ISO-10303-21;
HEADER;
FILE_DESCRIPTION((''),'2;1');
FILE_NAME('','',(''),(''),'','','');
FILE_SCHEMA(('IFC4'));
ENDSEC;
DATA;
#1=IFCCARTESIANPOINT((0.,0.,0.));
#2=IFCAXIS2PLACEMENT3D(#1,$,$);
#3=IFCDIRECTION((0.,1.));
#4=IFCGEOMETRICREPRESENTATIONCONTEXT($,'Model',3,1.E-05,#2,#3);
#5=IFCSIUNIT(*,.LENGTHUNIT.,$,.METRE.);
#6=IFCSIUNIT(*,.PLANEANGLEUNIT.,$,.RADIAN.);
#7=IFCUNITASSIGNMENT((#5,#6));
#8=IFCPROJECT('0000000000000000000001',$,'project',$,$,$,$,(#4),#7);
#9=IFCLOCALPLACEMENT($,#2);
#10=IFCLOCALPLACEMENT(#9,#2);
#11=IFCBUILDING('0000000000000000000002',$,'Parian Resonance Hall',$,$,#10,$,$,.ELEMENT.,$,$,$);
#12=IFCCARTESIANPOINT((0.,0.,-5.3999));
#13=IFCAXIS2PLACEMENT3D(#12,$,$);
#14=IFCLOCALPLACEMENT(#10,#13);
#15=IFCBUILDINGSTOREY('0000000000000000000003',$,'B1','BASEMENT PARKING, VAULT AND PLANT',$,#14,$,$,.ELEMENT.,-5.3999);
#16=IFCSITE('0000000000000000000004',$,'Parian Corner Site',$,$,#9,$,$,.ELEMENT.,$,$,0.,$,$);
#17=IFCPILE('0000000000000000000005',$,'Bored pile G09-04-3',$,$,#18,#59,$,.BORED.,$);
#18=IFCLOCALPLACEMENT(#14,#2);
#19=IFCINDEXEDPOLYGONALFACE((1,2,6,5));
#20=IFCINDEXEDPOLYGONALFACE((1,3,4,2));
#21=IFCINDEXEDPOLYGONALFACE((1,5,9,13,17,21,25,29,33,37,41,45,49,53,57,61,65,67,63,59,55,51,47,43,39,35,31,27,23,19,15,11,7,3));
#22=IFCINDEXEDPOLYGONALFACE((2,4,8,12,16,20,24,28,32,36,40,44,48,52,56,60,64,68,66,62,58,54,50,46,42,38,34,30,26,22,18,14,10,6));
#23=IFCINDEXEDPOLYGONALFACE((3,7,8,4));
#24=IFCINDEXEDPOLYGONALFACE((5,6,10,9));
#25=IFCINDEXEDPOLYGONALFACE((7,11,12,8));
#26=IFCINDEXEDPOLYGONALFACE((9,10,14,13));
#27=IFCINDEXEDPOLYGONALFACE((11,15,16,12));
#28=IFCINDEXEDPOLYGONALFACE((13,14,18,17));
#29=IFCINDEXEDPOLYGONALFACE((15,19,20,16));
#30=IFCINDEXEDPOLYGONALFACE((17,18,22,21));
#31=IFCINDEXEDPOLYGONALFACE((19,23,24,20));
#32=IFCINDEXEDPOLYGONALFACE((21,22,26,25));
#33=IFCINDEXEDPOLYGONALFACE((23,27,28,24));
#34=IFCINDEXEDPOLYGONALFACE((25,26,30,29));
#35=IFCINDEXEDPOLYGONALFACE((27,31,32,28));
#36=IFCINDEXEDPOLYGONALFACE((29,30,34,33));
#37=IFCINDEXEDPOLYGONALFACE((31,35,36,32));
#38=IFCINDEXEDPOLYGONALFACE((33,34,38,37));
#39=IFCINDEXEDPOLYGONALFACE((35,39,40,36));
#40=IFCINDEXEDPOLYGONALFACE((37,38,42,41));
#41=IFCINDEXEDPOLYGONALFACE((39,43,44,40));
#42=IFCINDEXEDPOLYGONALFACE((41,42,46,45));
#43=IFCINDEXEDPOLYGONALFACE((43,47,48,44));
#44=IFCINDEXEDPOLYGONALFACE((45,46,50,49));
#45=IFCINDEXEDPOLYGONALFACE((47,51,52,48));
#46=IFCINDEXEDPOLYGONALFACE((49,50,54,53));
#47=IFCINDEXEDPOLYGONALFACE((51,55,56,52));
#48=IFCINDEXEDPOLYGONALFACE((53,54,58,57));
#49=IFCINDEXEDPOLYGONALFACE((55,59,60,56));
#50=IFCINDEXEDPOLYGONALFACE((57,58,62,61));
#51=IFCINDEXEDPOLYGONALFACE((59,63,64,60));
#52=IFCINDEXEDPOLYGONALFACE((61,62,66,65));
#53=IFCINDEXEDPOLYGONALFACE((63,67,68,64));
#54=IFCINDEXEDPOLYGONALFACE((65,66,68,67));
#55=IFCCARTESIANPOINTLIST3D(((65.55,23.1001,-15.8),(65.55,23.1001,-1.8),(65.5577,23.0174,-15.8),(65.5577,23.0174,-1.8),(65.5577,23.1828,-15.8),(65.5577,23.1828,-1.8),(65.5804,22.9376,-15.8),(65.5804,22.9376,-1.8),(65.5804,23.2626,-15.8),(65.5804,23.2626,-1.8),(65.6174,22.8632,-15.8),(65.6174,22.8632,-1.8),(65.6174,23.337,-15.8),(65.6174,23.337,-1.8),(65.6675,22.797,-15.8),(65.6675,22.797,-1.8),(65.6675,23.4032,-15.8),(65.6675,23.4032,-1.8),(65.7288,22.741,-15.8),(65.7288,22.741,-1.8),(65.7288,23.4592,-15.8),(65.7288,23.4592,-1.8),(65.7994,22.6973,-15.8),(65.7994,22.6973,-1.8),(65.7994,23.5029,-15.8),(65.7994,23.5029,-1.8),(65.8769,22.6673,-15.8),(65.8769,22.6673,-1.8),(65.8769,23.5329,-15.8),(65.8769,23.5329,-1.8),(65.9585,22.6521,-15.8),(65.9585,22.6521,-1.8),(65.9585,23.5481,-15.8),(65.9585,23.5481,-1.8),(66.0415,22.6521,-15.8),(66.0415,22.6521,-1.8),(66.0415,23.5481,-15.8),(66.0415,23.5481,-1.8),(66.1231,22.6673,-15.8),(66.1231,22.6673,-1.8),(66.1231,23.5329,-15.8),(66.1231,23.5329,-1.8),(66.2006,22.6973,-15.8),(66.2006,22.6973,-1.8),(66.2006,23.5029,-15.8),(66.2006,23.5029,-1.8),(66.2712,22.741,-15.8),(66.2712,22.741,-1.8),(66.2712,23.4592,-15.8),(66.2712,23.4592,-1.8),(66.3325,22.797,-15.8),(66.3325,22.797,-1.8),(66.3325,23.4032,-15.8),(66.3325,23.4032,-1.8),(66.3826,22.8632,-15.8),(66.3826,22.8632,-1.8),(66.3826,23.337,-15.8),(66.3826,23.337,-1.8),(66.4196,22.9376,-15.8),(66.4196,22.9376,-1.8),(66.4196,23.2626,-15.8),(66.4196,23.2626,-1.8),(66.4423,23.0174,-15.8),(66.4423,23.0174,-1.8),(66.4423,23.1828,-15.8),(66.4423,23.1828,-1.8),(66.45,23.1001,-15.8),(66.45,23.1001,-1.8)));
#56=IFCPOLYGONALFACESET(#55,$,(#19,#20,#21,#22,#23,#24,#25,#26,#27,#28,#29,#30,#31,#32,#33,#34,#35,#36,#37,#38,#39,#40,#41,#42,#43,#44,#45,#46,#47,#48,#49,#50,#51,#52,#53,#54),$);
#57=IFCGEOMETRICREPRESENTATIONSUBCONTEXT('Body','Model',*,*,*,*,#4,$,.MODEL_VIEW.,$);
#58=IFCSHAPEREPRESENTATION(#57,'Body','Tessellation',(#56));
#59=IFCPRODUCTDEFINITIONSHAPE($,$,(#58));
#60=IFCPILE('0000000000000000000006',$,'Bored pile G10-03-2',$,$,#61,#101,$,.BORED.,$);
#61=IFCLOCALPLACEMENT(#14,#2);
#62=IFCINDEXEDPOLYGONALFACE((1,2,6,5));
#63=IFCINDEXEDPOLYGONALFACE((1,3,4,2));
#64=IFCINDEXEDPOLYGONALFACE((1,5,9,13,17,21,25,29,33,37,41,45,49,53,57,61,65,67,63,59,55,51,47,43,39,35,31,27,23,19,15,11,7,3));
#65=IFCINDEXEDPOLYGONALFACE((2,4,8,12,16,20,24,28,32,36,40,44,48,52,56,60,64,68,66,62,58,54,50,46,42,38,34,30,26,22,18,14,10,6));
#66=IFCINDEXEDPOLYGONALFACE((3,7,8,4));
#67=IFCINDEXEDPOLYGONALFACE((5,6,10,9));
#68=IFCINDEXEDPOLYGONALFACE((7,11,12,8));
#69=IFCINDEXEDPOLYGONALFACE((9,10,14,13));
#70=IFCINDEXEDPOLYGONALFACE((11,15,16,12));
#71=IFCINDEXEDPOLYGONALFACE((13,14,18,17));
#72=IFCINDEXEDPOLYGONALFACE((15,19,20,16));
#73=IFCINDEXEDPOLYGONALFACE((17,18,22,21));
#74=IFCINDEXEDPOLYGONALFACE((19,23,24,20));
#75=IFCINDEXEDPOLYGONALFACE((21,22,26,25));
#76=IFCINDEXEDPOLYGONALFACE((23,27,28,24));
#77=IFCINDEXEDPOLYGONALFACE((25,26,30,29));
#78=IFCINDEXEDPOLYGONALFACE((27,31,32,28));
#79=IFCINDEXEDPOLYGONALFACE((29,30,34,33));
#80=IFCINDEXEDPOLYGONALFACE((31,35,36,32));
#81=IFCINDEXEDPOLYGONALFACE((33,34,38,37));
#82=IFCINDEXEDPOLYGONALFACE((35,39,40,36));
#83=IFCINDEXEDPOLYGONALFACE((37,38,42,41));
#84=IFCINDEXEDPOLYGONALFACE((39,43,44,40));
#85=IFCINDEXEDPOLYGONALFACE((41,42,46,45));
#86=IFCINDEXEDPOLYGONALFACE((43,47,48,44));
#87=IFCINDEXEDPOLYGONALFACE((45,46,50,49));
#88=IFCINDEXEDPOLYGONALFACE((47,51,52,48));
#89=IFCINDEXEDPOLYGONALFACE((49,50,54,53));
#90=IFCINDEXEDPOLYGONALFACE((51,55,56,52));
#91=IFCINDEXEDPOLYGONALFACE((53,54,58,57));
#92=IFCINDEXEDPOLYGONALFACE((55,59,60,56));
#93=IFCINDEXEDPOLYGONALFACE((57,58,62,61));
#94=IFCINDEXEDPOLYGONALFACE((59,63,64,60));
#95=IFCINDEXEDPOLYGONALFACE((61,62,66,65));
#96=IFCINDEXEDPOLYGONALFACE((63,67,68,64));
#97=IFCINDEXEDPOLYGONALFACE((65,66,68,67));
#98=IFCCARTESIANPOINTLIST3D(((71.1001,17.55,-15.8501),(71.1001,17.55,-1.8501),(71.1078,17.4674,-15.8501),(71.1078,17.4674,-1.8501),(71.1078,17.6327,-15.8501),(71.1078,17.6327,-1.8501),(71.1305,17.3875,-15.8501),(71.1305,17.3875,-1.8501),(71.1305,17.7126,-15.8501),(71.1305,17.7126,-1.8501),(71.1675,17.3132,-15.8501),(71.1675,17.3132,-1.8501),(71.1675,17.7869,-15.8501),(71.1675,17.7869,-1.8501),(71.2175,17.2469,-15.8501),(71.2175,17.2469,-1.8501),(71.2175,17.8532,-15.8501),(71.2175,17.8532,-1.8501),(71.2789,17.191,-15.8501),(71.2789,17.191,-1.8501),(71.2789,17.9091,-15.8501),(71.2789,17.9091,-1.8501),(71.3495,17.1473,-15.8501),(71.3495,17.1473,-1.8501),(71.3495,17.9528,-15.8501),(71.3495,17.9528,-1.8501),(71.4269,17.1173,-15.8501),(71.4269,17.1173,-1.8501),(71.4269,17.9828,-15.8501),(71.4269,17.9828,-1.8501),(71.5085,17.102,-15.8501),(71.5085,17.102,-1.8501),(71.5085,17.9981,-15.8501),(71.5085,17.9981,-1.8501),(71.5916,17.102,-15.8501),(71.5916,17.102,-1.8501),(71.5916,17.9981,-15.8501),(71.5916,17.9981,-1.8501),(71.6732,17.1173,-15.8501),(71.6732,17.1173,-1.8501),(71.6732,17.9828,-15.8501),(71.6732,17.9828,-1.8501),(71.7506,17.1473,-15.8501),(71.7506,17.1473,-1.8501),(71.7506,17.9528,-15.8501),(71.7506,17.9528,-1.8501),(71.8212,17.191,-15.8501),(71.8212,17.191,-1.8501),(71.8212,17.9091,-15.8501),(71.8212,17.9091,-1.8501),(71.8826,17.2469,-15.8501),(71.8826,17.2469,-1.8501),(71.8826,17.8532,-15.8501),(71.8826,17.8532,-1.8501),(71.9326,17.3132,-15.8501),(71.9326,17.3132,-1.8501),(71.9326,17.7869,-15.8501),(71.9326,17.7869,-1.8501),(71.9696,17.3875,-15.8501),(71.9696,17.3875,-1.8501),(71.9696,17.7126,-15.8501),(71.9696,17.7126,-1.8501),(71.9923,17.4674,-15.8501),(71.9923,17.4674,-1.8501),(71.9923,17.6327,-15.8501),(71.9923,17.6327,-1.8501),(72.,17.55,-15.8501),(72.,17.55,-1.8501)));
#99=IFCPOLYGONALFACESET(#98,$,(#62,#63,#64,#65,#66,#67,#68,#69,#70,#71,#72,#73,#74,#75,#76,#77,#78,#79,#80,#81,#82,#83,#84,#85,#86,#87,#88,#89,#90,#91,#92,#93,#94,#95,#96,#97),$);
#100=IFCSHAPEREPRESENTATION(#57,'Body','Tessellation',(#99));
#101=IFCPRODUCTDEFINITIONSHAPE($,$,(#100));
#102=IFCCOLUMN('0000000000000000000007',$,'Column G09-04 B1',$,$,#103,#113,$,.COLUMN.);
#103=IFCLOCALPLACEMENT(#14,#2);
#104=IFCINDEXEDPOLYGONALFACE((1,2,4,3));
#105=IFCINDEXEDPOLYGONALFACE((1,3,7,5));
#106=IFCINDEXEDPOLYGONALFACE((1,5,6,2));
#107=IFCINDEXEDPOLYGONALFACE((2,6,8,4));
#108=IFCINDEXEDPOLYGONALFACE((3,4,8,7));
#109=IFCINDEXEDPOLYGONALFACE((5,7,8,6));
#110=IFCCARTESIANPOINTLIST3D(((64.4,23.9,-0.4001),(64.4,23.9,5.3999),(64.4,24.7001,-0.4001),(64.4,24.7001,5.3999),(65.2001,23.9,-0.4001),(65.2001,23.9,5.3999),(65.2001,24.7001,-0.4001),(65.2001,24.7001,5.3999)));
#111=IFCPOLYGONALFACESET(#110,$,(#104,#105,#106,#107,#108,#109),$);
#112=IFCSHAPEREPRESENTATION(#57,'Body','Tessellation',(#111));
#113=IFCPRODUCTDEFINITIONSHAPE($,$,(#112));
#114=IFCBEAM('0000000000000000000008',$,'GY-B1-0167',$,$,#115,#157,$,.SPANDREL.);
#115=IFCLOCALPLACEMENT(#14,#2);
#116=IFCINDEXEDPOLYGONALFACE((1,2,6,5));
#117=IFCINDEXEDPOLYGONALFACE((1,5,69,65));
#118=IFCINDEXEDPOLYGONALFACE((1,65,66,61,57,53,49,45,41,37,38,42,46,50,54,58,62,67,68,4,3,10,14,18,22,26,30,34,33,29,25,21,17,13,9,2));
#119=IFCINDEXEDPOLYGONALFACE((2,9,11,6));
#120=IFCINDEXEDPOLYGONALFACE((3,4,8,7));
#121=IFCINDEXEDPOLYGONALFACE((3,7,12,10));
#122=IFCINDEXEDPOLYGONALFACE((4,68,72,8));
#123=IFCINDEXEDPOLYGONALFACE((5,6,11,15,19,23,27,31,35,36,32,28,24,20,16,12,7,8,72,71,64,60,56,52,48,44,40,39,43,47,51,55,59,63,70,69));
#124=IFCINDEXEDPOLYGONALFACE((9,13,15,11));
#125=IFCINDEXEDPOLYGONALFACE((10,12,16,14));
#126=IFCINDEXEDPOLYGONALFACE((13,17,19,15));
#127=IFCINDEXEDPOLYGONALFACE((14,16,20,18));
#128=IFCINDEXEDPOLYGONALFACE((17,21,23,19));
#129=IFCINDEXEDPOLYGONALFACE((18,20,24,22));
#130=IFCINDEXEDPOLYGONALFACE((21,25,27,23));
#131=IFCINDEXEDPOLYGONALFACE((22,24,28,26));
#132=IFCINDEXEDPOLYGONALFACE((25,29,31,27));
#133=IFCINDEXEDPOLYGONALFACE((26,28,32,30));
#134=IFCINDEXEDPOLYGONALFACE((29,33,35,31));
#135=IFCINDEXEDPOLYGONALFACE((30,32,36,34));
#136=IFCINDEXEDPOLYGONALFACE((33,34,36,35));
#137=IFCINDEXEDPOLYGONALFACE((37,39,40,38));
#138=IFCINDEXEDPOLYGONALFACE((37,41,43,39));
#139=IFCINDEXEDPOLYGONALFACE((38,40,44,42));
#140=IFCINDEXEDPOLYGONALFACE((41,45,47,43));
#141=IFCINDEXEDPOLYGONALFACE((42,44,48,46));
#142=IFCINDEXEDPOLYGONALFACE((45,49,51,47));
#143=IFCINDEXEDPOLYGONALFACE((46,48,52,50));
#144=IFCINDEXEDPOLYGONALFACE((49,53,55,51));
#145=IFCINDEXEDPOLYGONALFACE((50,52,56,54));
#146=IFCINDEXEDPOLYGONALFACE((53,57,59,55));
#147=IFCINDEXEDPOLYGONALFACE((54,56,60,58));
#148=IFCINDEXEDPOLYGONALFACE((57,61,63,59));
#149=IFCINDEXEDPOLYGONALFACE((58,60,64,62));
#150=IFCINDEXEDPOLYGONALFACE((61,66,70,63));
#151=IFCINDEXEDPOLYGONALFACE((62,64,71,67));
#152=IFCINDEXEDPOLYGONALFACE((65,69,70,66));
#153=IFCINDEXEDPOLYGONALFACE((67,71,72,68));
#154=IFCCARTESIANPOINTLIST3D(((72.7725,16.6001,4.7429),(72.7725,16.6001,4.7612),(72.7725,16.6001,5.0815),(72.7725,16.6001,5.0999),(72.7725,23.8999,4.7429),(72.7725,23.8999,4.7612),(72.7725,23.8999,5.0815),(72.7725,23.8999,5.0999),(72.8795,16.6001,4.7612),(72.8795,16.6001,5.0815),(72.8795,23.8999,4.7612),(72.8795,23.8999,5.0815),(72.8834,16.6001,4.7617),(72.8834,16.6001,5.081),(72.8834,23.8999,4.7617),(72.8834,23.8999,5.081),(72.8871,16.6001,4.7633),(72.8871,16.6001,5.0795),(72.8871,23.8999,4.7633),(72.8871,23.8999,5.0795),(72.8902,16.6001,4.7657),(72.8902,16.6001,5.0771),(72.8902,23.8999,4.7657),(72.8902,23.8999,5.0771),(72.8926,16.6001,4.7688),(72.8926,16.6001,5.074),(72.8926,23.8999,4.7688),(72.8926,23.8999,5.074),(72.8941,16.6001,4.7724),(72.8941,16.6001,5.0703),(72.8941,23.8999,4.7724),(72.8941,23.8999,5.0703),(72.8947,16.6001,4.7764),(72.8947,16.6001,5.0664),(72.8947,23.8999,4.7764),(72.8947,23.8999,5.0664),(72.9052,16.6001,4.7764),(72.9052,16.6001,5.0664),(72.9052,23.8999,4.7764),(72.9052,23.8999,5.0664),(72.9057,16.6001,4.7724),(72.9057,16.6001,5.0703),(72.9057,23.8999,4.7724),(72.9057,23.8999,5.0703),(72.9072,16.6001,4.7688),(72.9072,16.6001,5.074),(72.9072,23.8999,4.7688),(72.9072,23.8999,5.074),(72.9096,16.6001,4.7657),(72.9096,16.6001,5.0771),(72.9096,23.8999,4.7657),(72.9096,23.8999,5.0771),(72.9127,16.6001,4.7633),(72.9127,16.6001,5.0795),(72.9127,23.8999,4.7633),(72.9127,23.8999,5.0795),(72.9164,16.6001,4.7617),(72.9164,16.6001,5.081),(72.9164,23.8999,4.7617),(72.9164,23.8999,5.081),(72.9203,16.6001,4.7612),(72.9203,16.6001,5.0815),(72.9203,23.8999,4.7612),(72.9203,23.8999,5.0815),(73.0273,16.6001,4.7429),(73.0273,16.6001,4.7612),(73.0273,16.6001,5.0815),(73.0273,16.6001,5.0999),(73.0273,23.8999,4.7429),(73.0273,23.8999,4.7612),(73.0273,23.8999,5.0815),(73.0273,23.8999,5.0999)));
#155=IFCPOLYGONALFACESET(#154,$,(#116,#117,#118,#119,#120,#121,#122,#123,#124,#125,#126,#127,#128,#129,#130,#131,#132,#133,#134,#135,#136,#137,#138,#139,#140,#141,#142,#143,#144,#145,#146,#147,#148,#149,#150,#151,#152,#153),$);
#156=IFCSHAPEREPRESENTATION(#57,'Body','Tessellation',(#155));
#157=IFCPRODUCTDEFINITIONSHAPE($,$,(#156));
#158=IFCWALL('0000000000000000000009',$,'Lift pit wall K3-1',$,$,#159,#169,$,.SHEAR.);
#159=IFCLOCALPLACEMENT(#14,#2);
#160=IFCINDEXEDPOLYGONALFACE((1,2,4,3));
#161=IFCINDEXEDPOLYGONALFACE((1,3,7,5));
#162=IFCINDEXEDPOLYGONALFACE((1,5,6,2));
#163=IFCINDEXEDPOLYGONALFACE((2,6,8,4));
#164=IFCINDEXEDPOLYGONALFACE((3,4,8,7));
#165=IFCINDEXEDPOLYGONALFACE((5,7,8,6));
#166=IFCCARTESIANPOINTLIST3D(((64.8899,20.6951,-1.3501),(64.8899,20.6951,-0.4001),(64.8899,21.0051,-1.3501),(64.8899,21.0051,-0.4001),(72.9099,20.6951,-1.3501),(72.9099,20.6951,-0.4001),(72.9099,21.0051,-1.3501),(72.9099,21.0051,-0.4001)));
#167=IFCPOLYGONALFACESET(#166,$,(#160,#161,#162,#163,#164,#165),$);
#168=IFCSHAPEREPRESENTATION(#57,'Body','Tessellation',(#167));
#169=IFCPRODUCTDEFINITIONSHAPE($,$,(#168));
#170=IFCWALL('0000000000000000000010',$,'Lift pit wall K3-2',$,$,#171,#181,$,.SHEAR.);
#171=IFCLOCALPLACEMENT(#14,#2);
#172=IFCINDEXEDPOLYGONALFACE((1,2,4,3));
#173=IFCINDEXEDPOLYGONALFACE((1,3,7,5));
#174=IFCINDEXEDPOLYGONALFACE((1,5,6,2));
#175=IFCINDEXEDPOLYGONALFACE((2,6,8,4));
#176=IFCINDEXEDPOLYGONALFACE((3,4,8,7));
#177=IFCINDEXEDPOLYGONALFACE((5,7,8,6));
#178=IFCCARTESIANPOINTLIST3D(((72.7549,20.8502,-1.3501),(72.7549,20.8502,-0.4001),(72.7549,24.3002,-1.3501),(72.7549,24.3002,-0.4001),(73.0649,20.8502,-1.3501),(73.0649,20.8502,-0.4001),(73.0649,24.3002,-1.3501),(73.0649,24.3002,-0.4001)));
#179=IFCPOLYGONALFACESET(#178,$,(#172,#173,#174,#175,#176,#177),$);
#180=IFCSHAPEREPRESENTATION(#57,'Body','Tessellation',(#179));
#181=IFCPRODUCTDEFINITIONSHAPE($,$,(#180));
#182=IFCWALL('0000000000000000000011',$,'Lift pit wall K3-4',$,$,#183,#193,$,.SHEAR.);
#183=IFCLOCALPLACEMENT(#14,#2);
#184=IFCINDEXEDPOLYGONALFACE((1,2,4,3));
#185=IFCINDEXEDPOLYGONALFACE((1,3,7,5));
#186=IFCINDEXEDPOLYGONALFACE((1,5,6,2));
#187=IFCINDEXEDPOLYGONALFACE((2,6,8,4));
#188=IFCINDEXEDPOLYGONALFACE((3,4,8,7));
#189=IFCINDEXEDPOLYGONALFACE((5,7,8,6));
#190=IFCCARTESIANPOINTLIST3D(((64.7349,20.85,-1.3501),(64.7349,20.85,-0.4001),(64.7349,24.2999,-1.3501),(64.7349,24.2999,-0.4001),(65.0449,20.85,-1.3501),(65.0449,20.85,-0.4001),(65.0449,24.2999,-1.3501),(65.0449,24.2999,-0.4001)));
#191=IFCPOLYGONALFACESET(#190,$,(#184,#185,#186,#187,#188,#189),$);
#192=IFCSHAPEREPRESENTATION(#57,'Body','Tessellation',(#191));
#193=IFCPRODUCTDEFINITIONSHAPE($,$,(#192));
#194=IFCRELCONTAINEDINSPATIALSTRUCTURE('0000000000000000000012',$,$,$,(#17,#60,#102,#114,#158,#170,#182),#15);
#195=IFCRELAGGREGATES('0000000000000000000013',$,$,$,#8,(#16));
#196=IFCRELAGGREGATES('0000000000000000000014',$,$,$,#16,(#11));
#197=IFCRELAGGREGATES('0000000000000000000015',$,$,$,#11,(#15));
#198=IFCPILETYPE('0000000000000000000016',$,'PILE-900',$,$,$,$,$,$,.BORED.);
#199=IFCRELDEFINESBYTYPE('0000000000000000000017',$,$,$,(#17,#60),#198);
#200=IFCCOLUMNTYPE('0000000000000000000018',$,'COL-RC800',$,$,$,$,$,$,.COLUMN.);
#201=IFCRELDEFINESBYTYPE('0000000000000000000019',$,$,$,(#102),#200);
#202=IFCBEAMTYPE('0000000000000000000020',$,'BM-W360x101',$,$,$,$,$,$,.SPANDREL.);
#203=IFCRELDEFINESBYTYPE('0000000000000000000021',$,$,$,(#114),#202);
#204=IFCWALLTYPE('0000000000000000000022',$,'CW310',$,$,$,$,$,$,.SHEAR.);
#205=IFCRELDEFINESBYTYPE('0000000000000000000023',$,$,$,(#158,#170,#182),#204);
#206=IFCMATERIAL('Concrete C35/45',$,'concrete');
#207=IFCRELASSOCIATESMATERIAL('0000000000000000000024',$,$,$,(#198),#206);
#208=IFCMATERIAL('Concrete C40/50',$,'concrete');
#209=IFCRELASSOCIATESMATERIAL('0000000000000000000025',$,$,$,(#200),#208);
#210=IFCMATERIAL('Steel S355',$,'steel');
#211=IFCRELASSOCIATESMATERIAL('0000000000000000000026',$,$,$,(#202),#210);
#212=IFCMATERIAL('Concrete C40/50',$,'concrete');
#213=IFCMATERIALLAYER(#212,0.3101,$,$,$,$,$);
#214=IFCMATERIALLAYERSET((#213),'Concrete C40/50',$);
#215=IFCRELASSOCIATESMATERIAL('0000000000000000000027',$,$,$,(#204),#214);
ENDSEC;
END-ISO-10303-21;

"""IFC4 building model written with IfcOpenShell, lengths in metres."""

from ifc_helpers import new_model, si_unit, direction, frame, frame_2d, origin, origin_2d, place, context, subcontext, project, spatial, rectangle, circle, i_section, extrude, material, layer, layer_set, material_profile, profile_set, type_object, element, save


model = new_model("IFC4")

# Units and contexts
model_context = context("Model", 3, precision=1e-05, world=origin(), true_north=direction((0.0, 1.0)))
body_context = subcontext(model_context, "Body", "Model", "MODEL_VIEW")
ifc_project = project(units=[si_unit("LENGTHUNIT", "METRE"), si_unit("PLANEANGLEUNIT", "RADIAN")], contexts=[model_context])

# Site, building, storey
site_placement = place(None, origin())
site = spatial("IfcSite", under=ifc_project, at=site_placement, Name="Parian Corner Site", CompositionType="ELEMENT", RefElevation=0.0)
building_placement = place(site_placement, origin())
building = spatial("IfcBuilding", under=site, at=building_placement, Name="Parian Resonance Hall", CompositionType="ELEMENT")
storey_placement = place(building_placement, frame((0.0, 0.0, -5.3999)))
storey = spatial("IfcBuildingStorey", under=building, at=storey_placement, Name="B1", Description="BASEMENT PARKING, VAULT AND PLANT", CompositionType="ELEMENT", Elevation=-5.3999)

# Piles
ifc_material_1 = material(Name="Concrete C35/45", Category="concrete")
ifc_material_profile_1 = material_profile(ifc_material_1, circle(Radius=0.45, at=origin_2d()), Name="PILE-D900")
ifc_profile_set_1 = profile_set([ifc_material_profile_1], Name="Concrete C35/45")
pile_type_1 = type_object("IfcPileType", Name="PILE-900", PredefinedType="BORED", material=ifc_profile_set_1)
for number, where, z_axis, x_axis, name in (
    (1, (66.0, 23.1001, -1.8), (0.0, 0.0, -1.0), (1.0, 0.0, 0.0), "Bored pile G09-04-3"),
    (2, (71.55, 17.55, -1.8501), (0.0, 0.0, -1.0), (1.0, 0.0, 0.0), "Bored pile G10-03-2"),
):
    element("IfcPile", number, at=place(storey_placement, frame(where, z_axis=z_axis, x_axis=x_axis)), inside=storey, type_object=pile_type_1, Name=name, PredefinedType="BORED", context=body_context, shape_type="SweptSolid", body=[
        extrude(circle(Radius=0.45, at=origin_2d()), origin(), (0.0, 0.0, 1.0), 14.0),
    ])

# Column
ifc_material_2 = material(Name="Concrete C40/50", Category="concrete")
ifc_material_profile_2 = material_profile(ifc_material_2, rectangle(XDim=0.8, YDim=0.8, at=origin_2d()), Name="RC-COL-800x800")
ifc_profile_set_2 = profile_set([ifc_material_profile_2], Name="Concrete C40/50")
column_type = type_object("IfcColumnType", Name="COL-RC800", PredefinedType="COLUMN", material=ifc_profile_set_2)
column_placement = place(storey_placement, frame((64.8, 24.3, -0.4001), z_axis=(0.0, 0.0, 1.0), x_axis=(1.0, 0.0, 0.0)))
element("IfcColumn", 3, at=column_placement, inside=storey, type_object=column_type, Name="Column G09-04 B1", PredefinedType="COLUMN", context=body_context, shape_type="SweptSolid", body=[
    extrude(rectangle(XDim=0.8, YDim=0.8, at=origin_2d()), origin(), (0.0, 0.0, 1.0), 5.8),
])

# Beam
ifc_material_3 = material(Name="Steel S355", Category="steel")
ifc_material_profile_3 = material_profile(ifc_material_3, i_section(OverallWidth=0.2549, OverallDepth=0.3569, WebThickness=0.0105, FlangeThickness=0.0183, FilletRadius=0.0151, at=origin_2d()), Name="W360x101")
ifc_profile_set_3 = profile_set([ifc_material_profile_3], Name="Steel S355")
beam_type = type_object("IfcBeamType", Name="BM-W360x101", PredefinedType="SPANDREL", material=ifc_profile_set_3)
beam_placement = place(storey_placement, frame((72.8999, 16.6001, 4.9214), z_axis=(0.0, 1.0, 0.0), x_axis=(-1.0, 0.0, 0.0)))
element("IfcBeam", 4, at=beam_placement, inside=storey, type_object=beam_type, Name="GY-B1-0167", PredefinedType="SPANDREL", context=body_context, shape_type="SweptSolid", body=[
    extrude(i_section(OverallWidth=0.2549, OverallDepth=0.3569, WebThickness=0.0105, FlangeThickness=0.0183, FilletRadius=0.0151, at=origin_2d()), origin(), (0.0, 0.0, 1.0), 7.2998),
])

# Walls
ifc_material_4 = material(Name="Concrete C40/50", Category="concrete")
ifc_layer_1 = layer(ifc_material_4, 0.3101)
ifc_layer_set_1 = layer_set([ifc_layer_1], Name="Concrete C40/50")
wall_type_1 = type_object("IfcWallType", Name="CW310", PredefinedType="SHEAR", material=ifc_layer_set_1)
wall_1_placement = place(storey_placement, frame((64.8899, 20.8501, -1.3501), z_axis=(0.0, 0.0, 1.0), x_axis=(1.0, 0.0, 0.0)))
element("IfcWall", 5, at=wall_1_placement, inside=storey, type_object=wall_type_1, Name="Lift pit wall K3-1", PredefinedType="SHEAR", context=body_context, shape_type="SweptSolid", body=[
    extrude(rectangle(XDim=8.02, YDim=0.3101, at=frame_2d((4.01, 0.0))), origin(), (0.0, 0.0, 1.0), 0.95),
])
for number, where, z_axis, x_axis, name in (
    (6, (72.9099, 20.8501, -1.3501), (0.0, 0.0, 1.0), (0.0, 1.0, 0.0), "Lift pit wall K3-2"),
    (7, (64.8899, 24.3, -1.3501), (0.0, 0.0, 1.0), (0.0, -1.0, 0.0), "Lift pit wall K3-4"),
):
    element("IfcWall", number, at=place(storey_placement, frame(where, z_axis=z_axis, x_axis=x_axis)), inside=storey, type_object=wall_type_1, Name=name, PredefinedType="SHEAR", context=body_context, shape_type="SweptSolid", body=[
        extrude(rectangle(XDim=3.45, YDim=0.3101, at=frame_2d((1.7251, 0.0))), origin(), (0.0, 0.0, 1.0), 0.95),
    ])

save(model, "model.ifc")
